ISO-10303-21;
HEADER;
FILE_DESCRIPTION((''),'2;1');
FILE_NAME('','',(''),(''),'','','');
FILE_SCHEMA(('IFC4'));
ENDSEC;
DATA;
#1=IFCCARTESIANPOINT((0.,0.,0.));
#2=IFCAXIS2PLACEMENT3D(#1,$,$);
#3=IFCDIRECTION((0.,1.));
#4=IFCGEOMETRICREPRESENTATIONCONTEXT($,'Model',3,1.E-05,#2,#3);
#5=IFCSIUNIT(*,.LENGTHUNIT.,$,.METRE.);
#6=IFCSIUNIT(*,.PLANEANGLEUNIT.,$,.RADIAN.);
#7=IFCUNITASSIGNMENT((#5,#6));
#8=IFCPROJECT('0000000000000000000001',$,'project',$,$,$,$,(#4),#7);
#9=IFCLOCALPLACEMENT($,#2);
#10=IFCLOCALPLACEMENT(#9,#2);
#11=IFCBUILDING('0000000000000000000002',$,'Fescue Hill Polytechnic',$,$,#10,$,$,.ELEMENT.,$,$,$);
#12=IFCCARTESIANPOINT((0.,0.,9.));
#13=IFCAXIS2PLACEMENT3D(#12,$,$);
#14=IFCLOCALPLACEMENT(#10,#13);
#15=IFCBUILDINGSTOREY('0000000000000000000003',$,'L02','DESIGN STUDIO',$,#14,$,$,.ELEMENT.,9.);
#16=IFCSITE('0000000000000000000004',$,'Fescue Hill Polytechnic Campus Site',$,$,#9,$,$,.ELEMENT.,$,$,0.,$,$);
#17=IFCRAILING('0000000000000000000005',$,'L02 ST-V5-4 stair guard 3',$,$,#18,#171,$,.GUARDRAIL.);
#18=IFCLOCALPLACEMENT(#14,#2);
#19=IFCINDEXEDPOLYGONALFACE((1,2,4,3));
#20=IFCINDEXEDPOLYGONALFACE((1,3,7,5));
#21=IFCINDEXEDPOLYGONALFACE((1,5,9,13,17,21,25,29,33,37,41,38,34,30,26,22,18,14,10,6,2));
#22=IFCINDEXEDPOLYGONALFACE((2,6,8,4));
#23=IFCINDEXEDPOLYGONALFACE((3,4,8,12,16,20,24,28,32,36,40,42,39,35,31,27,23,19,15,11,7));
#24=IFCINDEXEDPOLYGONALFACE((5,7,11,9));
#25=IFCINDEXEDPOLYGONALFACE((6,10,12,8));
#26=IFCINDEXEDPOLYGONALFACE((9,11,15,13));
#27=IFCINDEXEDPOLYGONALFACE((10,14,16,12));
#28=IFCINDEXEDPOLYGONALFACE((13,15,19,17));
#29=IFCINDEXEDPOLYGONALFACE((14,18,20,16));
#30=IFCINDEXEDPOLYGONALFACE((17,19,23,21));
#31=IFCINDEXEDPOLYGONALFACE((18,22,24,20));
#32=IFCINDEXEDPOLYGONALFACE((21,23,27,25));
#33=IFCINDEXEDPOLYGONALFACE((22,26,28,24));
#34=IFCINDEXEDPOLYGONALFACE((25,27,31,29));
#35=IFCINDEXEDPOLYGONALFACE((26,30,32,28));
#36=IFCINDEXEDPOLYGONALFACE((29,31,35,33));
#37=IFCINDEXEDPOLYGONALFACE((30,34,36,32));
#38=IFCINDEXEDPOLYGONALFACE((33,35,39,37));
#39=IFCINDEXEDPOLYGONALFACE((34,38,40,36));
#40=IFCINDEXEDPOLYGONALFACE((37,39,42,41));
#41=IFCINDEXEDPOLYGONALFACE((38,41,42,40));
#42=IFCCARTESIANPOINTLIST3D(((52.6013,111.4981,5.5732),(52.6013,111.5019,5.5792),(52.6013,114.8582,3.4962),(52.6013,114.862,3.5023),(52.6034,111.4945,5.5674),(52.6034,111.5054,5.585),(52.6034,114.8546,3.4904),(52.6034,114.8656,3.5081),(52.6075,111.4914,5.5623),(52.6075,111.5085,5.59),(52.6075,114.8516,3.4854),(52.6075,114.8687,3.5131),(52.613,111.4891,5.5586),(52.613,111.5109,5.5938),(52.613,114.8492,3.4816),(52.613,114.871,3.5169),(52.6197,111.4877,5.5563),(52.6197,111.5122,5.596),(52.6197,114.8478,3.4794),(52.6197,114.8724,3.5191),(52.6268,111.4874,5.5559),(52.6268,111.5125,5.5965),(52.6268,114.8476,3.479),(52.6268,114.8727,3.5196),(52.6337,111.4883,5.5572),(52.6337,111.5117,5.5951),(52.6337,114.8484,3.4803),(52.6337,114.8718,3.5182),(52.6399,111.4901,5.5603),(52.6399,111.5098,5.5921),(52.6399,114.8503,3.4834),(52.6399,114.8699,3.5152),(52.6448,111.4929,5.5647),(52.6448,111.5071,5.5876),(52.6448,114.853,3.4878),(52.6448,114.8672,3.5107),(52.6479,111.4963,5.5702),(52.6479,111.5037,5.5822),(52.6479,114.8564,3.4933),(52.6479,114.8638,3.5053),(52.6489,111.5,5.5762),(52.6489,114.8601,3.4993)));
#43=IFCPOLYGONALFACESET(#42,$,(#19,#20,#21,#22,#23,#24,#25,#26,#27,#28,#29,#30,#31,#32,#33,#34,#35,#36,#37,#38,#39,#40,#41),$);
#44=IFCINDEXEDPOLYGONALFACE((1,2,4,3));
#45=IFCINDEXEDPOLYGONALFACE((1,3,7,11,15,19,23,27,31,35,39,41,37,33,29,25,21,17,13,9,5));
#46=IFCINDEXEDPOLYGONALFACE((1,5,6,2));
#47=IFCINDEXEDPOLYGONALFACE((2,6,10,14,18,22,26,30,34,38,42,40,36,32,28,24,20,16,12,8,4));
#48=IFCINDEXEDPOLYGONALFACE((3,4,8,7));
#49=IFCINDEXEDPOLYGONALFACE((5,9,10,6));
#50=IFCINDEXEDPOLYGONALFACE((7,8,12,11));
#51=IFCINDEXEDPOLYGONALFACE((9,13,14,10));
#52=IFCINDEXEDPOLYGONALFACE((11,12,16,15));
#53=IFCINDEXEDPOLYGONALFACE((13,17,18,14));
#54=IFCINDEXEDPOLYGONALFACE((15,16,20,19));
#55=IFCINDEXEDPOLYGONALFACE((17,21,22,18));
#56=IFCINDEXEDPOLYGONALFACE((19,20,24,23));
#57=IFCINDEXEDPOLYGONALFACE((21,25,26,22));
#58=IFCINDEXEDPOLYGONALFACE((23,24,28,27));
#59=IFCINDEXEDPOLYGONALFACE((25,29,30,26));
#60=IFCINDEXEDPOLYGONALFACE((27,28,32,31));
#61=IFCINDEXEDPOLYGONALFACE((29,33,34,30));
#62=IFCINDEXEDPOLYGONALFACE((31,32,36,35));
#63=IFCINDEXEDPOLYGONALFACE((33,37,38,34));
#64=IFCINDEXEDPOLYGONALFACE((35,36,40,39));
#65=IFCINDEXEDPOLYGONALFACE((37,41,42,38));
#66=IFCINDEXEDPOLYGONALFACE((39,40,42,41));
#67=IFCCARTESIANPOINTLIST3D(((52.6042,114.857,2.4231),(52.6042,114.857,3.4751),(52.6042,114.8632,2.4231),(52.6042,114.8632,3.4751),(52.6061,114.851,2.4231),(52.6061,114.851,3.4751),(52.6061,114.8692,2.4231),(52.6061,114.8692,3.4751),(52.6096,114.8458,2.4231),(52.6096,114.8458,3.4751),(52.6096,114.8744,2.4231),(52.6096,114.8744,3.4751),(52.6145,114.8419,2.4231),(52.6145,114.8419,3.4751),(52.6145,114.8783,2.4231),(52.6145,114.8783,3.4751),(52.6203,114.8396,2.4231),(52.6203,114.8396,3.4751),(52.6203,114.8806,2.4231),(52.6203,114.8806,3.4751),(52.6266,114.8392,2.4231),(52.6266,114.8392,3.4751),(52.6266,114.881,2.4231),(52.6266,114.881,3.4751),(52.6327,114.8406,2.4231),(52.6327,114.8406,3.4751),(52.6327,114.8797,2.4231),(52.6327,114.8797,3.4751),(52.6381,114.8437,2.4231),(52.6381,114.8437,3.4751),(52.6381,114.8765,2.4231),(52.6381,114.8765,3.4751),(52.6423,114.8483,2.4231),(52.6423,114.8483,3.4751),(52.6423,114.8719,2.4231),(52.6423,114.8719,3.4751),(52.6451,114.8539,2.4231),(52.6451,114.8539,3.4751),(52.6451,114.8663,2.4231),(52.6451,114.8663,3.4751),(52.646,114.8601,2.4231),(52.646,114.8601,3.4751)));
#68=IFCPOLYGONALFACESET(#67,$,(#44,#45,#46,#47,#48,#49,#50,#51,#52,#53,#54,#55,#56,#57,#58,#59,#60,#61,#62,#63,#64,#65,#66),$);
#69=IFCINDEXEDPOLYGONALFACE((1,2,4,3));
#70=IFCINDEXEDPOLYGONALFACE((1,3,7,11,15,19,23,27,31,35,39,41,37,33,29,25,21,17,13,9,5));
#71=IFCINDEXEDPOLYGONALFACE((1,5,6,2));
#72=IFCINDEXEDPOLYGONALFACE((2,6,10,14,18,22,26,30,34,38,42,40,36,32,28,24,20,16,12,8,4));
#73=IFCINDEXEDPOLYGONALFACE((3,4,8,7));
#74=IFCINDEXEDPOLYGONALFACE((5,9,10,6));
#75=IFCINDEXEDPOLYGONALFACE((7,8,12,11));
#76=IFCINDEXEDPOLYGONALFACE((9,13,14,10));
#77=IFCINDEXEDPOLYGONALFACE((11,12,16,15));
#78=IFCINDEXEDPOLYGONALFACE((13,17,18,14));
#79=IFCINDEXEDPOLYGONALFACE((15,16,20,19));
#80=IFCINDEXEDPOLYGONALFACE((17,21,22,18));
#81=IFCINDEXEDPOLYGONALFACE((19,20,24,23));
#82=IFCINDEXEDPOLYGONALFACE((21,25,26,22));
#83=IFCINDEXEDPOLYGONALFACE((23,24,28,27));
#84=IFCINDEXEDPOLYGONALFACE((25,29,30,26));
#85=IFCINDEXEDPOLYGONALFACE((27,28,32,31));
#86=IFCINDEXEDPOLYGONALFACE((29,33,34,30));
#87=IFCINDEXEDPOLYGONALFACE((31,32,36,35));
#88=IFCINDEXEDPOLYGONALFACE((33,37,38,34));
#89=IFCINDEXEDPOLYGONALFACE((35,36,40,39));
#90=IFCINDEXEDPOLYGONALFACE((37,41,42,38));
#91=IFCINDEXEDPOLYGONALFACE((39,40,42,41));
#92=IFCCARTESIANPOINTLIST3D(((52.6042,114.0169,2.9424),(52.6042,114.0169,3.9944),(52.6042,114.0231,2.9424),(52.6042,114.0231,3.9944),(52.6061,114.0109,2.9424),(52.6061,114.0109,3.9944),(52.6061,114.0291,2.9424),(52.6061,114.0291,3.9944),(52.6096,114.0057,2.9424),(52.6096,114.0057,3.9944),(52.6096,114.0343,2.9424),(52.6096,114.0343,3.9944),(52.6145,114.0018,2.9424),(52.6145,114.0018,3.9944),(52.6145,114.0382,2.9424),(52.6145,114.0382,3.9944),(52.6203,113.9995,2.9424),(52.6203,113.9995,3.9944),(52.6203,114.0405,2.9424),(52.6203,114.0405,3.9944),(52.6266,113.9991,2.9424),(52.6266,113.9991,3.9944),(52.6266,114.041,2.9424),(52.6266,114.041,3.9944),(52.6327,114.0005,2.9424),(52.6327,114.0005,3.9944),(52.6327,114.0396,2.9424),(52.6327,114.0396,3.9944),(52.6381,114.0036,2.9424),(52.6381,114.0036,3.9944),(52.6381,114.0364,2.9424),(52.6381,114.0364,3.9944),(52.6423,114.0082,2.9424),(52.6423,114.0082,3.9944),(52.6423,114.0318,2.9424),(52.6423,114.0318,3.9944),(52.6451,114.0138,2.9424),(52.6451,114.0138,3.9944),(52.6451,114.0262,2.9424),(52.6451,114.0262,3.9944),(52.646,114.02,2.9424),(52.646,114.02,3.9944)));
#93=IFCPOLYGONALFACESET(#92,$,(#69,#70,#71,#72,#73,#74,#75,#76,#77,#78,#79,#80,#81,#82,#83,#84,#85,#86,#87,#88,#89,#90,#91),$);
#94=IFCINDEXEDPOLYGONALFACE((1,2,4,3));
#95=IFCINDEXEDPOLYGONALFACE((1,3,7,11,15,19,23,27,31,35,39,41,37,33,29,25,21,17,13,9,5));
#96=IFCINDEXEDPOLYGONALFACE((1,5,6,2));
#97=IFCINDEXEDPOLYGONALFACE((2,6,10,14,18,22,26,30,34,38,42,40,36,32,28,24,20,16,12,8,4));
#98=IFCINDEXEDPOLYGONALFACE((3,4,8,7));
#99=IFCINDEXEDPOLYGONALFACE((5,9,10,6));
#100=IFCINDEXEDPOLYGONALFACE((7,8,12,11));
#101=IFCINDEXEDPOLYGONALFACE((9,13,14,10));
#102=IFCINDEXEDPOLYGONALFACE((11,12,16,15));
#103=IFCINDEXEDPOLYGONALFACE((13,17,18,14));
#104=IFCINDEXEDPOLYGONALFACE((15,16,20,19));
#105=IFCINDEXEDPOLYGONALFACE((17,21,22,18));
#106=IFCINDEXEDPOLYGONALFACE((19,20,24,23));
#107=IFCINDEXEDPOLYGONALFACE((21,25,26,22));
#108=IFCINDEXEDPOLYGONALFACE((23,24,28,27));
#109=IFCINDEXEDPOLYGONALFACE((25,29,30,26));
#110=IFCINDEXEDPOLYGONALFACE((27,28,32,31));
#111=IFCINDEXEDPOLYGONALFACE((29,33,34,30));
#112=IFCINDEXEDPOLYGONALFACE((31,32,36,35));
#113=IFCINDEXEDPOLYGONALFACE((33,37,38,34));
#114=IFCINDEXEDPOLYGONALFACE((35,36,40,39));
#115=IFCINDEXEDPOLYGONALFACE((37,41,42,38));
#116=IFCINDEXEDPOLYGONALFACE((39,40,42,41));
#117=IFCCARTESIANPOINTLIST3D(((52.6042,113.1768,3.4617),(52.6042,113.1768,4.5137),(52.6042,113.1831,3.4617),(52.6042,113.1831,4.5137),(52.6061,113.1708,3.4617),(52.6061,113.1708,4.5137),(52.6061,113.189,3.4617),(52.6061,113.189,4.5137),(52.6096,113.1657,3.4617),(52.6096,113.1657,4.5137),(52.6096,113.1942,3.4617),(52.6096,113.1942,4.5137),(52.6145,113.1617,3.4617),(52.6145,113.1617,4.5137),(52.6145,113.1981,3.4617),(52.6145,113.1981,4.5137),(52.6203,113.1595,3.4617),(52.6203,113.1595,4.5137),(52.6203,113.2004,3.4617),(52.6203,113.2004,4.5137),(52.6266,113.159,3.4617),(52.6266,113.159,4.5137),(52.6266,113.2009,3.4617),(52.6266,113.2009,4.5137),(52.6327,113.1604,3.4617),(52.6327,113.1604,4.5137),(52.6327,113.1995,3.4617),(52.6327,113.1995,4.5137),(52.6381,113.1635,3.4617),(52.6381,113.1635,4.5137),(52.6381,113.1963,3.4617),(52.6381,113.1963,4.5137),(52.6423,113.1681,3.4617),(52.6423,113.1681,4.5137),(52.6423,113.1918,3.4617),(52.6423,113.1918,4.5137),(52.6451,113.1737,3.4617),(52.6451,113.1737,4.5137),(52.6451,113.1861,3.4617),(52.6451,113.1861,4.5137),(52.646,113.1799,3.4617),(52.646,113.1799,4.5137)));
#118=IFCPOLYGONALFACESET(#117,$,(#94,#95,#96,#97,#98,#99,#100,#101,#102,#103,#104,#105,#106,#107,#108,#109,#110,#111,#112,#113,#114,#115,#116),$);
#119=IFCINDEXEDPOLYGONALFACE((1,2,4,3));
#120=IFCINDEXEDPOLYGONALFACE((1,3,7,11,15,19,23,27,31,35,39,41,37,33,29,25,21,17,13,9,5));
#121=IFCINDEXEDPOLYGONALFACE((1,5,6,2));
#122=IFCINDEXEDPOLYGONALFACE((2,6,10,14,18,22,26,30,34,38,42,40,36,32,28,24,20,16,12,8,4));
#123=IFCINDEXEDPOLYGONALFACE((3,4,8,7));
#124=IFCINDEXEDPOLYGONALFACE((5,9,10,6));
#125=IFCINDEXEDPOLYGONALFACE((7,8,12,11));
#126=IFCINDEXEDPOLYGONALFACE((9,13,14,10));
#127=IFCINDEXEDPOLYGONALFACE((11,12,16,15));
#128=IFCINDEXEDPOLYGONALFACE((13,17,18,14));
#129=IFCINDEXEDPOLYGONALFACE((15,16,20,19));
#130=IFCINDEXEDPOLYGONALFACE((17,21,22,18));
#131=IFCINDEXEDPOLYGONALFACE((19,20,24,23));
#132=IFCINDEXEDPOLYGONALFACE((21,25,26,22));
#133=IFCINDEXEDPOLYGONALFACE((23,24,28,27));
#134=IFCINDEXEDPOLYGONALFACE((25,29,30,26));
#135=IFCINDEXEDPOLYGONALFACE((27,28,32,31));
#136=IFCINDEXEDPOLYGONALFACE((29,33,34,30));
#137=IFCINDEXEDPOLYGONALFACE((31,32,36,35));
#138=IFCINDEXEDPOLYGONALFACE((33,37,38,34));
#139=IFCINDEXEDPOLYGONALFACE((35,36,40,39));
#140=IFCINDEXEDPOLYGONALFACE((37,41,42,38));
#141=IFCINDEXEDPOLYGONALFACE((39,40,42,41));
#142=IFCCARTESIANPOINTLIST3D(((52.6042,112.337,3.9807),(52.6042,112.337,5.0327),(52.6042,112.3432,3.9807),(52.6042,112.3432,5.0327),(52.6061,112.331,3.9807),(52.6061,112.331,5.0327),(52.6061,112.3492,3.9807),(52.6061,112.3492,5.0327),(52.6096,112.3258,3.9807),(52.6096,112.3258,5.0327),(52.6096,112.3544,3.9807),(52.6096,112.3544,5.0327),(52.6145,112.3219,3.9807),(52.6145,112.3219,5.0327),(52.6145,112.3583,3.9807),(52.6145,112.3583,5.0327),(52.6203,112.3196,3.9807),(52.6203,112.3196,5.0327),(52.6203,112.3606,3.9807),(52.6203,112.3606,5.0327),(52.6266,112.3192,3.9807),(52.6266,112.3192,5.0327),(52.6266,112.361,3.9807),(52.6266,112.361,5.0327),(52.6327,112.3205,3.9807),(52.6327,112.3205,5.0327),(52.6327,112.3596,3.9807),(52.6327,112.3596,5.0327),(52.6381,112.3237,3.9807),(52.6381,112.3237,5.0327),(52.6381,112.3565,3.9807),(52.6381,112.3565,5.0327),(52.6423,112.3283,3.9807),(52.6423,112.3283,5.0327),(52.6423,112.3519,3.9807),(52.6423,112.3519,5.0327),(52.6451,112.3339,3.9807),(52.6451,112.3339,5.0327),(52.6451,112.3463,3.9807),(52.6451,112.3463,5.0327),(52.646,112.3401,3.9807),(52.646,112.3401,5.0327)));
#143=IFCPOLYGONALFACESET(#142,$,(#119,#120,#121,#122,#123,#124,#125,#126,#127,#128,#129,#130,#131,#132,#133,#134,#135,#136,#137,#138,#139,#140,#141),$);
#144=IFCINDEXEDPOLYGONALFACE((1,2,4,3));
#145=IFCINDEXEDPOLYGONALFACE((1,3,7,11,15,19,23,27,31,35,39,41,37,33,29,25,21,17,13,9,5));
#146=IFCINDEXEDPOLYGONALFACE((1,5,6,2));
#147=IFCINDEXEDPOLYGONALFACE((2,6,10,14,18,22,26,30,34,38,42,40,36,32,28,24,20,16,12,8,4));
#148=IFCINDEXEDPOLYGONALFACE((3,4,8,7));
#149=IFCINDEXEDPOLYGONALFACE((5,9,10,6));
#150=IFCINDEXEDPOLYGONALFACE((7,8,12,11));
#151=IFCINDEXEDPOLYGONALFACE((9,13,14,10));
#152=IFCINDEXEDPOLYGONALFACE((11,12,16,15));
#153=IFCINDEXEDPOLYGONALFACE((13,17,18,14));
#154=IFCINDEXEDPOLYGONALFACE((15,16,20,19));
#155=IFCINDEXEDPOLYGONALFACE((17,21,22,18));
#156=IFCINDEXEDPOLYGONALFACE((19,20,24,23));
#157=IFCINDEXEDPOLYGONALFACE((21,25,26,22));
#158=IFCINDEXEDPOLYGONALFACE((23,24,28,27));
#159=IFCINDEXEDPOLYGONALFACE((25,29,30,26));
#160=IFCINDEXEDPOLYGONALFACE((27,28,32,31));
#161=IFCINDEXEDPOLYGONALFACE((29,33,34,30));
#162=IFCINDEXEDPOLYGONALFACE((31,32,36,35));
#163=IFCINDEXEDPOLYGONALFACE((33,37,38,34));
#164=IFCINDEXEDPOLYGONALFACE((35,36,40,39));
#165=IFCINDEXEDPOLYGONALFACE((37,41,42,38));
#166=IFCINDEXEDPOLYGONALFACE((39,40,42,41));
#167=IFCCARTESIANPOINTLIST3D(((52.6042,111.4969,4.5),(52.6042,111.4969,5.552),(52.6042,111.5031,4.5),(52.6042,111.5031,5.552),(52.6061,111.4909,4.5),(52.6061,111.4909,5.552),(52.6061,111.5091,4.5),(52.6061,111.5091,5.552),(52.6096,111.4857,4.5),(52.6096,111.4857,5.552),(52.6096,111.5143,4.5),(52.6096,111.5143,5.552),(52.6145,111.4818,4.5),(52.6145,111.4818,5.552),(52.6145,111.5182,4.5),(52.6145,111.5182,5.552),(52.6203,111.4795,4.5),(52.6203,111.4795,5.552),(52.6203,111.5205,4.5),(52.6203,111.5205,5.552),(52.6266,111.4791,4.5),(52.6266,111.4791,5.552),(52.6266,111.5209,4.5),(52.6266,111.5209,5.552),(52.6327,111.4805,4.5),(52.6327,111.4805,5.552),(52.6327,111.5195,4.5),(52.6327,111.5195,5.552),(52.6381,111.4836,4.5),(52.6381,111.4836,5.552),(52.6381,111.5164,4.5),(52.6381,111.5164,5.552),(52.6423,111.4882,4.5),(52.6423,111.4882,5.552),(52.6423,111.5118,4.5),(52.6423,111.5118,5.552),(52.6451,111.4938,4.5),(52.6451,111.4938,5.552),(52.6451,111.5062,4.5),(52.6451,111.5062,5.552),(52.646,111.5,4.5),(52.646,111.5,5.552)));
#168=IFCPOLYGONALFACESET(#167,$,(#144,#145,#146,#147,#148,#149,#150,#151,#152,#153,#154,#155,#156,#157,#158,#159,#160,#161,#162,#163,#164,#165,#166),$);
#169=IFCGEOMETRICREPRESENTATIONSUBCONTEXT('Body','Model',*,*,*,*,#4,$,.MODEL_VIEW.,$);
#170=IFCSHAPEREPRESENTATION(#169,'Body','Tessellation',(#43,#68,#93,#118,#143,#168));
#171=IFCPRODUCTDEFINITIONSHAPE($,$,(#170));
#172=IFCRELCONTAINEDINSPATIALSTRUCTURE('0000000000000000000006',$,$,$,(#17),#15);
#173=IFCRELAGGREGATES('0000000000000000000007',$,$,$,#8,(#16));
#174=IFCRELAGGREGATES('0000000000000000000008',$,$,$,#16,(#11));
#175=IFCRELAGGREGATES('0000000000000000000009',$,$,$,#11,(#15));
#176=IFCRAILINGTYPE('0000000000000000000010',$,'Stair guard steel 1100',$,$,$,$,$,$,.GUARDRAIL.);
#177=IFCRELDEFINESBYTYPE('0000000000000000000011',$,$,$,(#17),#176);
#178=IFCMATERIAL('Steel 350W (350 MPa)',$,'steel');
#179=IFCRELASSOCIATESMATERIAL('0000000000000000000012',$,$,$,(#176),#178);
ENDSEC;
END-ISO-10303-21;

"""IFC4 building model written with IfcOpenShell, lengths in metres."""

from ifc_helpers import new_model, si_unit, direction, frame, origin, origin_2d, place, context, subcontext, project, spatial, circle, extrude, material, type_object, element, save


model = new_model("IFC4")

# Units and contexts
model_context = context("Model", 3, precision=1e-05, world=origin(), true_north=direction((0.0, 1.0)))
body_context = subcontext(model_context, "Body", "Model", "MODEL_VIEW")
ifc_project = project(units=[si_unit("LENGTHUNIT", "METRE"), si_unit("PLANEANGLEUNIT", "RADIAN")], contexts=[model_context])

# Site, building, storey
site_placement = place(None, origin())
site = spatial("IfcSite", under=ifc_project, at=site_placement, Name="Fescue Hill Polytechnic Campus Site", CompositionType="ELEMENT", RefElevation=0.0)
building_placement = place(site_placement, origin())
building = spatial("IfcBuilding", under=site, at=building_placement, Name="Fescue Hill Polytechnic", CompositionType="ELEMENT")
storey_placement = place(building_placement, frame((0.0, 0.0, 9.0)))
storey = spatial("IfcBuildingStorey", under=building, at=storey_placement, Name="L02", Description="DESIGN STUDIO", CompositionType="ELEMENT", Elevation=9.0)

# Railing
ifc_material_1 = material(Name="Steel 350W (350 MPa)", Category="steel")
railing_type_1 = type_object("IfcRailingType", Name="Stair guard steel 1100", PredefinedType="GUARDRAIL", material=ifc_material_1)
railing_1_placement = place(storey_placement, frame((52.625, 114.8601, 2.4231)))
element("IfcRailing", 1, at=railing_1_placement, inside=storey, type_object=railing_type_1, Name="L02 ST-V5-4 stair guard 3", PredefinedType="GUARDRAIL", context=body_context, shape_type="SweptSolid", body=[
    extrude(circle(Radius=0.0239, at=origin_2d()), frame((0.0, 0.0, 1.0762), z_axis=(0.0, -0.850623, 0.525776), x_axis=(1.0, 0.0, 0.0)), (0.0, 0.0, 1.0), 3.9502),
    extrude(circle(Radius=0.021, at=origin_2d()), origin(), (0.0, 0.0, 1.0), 1.052),
    extrude(circle(Radius=0.021, at=origin_2d()), frame((0.0, -0.8401, 0.5193)), (0.0, 0.0, 1.0), 1.052),
    extrude(circle(Radius=0.021, at=origin_2d()), frame((0.0, -1.6802, 1.0386)), (0.0, 0.0, 1.0), 1.052),
    extrude(circle(Radius=0.021, at=origin_2d()), frame((0.0, -2.52, 1.5576)), (0.0, 0.0, 1.0), 1.052),
    extrude(circle(Radius=0.021, at=origin_2d()), frame((0.0, -3.3601, 2.0769)), (0.0, 0.0, 1.0), 1.052),
])

save(model, "model.ifc")
